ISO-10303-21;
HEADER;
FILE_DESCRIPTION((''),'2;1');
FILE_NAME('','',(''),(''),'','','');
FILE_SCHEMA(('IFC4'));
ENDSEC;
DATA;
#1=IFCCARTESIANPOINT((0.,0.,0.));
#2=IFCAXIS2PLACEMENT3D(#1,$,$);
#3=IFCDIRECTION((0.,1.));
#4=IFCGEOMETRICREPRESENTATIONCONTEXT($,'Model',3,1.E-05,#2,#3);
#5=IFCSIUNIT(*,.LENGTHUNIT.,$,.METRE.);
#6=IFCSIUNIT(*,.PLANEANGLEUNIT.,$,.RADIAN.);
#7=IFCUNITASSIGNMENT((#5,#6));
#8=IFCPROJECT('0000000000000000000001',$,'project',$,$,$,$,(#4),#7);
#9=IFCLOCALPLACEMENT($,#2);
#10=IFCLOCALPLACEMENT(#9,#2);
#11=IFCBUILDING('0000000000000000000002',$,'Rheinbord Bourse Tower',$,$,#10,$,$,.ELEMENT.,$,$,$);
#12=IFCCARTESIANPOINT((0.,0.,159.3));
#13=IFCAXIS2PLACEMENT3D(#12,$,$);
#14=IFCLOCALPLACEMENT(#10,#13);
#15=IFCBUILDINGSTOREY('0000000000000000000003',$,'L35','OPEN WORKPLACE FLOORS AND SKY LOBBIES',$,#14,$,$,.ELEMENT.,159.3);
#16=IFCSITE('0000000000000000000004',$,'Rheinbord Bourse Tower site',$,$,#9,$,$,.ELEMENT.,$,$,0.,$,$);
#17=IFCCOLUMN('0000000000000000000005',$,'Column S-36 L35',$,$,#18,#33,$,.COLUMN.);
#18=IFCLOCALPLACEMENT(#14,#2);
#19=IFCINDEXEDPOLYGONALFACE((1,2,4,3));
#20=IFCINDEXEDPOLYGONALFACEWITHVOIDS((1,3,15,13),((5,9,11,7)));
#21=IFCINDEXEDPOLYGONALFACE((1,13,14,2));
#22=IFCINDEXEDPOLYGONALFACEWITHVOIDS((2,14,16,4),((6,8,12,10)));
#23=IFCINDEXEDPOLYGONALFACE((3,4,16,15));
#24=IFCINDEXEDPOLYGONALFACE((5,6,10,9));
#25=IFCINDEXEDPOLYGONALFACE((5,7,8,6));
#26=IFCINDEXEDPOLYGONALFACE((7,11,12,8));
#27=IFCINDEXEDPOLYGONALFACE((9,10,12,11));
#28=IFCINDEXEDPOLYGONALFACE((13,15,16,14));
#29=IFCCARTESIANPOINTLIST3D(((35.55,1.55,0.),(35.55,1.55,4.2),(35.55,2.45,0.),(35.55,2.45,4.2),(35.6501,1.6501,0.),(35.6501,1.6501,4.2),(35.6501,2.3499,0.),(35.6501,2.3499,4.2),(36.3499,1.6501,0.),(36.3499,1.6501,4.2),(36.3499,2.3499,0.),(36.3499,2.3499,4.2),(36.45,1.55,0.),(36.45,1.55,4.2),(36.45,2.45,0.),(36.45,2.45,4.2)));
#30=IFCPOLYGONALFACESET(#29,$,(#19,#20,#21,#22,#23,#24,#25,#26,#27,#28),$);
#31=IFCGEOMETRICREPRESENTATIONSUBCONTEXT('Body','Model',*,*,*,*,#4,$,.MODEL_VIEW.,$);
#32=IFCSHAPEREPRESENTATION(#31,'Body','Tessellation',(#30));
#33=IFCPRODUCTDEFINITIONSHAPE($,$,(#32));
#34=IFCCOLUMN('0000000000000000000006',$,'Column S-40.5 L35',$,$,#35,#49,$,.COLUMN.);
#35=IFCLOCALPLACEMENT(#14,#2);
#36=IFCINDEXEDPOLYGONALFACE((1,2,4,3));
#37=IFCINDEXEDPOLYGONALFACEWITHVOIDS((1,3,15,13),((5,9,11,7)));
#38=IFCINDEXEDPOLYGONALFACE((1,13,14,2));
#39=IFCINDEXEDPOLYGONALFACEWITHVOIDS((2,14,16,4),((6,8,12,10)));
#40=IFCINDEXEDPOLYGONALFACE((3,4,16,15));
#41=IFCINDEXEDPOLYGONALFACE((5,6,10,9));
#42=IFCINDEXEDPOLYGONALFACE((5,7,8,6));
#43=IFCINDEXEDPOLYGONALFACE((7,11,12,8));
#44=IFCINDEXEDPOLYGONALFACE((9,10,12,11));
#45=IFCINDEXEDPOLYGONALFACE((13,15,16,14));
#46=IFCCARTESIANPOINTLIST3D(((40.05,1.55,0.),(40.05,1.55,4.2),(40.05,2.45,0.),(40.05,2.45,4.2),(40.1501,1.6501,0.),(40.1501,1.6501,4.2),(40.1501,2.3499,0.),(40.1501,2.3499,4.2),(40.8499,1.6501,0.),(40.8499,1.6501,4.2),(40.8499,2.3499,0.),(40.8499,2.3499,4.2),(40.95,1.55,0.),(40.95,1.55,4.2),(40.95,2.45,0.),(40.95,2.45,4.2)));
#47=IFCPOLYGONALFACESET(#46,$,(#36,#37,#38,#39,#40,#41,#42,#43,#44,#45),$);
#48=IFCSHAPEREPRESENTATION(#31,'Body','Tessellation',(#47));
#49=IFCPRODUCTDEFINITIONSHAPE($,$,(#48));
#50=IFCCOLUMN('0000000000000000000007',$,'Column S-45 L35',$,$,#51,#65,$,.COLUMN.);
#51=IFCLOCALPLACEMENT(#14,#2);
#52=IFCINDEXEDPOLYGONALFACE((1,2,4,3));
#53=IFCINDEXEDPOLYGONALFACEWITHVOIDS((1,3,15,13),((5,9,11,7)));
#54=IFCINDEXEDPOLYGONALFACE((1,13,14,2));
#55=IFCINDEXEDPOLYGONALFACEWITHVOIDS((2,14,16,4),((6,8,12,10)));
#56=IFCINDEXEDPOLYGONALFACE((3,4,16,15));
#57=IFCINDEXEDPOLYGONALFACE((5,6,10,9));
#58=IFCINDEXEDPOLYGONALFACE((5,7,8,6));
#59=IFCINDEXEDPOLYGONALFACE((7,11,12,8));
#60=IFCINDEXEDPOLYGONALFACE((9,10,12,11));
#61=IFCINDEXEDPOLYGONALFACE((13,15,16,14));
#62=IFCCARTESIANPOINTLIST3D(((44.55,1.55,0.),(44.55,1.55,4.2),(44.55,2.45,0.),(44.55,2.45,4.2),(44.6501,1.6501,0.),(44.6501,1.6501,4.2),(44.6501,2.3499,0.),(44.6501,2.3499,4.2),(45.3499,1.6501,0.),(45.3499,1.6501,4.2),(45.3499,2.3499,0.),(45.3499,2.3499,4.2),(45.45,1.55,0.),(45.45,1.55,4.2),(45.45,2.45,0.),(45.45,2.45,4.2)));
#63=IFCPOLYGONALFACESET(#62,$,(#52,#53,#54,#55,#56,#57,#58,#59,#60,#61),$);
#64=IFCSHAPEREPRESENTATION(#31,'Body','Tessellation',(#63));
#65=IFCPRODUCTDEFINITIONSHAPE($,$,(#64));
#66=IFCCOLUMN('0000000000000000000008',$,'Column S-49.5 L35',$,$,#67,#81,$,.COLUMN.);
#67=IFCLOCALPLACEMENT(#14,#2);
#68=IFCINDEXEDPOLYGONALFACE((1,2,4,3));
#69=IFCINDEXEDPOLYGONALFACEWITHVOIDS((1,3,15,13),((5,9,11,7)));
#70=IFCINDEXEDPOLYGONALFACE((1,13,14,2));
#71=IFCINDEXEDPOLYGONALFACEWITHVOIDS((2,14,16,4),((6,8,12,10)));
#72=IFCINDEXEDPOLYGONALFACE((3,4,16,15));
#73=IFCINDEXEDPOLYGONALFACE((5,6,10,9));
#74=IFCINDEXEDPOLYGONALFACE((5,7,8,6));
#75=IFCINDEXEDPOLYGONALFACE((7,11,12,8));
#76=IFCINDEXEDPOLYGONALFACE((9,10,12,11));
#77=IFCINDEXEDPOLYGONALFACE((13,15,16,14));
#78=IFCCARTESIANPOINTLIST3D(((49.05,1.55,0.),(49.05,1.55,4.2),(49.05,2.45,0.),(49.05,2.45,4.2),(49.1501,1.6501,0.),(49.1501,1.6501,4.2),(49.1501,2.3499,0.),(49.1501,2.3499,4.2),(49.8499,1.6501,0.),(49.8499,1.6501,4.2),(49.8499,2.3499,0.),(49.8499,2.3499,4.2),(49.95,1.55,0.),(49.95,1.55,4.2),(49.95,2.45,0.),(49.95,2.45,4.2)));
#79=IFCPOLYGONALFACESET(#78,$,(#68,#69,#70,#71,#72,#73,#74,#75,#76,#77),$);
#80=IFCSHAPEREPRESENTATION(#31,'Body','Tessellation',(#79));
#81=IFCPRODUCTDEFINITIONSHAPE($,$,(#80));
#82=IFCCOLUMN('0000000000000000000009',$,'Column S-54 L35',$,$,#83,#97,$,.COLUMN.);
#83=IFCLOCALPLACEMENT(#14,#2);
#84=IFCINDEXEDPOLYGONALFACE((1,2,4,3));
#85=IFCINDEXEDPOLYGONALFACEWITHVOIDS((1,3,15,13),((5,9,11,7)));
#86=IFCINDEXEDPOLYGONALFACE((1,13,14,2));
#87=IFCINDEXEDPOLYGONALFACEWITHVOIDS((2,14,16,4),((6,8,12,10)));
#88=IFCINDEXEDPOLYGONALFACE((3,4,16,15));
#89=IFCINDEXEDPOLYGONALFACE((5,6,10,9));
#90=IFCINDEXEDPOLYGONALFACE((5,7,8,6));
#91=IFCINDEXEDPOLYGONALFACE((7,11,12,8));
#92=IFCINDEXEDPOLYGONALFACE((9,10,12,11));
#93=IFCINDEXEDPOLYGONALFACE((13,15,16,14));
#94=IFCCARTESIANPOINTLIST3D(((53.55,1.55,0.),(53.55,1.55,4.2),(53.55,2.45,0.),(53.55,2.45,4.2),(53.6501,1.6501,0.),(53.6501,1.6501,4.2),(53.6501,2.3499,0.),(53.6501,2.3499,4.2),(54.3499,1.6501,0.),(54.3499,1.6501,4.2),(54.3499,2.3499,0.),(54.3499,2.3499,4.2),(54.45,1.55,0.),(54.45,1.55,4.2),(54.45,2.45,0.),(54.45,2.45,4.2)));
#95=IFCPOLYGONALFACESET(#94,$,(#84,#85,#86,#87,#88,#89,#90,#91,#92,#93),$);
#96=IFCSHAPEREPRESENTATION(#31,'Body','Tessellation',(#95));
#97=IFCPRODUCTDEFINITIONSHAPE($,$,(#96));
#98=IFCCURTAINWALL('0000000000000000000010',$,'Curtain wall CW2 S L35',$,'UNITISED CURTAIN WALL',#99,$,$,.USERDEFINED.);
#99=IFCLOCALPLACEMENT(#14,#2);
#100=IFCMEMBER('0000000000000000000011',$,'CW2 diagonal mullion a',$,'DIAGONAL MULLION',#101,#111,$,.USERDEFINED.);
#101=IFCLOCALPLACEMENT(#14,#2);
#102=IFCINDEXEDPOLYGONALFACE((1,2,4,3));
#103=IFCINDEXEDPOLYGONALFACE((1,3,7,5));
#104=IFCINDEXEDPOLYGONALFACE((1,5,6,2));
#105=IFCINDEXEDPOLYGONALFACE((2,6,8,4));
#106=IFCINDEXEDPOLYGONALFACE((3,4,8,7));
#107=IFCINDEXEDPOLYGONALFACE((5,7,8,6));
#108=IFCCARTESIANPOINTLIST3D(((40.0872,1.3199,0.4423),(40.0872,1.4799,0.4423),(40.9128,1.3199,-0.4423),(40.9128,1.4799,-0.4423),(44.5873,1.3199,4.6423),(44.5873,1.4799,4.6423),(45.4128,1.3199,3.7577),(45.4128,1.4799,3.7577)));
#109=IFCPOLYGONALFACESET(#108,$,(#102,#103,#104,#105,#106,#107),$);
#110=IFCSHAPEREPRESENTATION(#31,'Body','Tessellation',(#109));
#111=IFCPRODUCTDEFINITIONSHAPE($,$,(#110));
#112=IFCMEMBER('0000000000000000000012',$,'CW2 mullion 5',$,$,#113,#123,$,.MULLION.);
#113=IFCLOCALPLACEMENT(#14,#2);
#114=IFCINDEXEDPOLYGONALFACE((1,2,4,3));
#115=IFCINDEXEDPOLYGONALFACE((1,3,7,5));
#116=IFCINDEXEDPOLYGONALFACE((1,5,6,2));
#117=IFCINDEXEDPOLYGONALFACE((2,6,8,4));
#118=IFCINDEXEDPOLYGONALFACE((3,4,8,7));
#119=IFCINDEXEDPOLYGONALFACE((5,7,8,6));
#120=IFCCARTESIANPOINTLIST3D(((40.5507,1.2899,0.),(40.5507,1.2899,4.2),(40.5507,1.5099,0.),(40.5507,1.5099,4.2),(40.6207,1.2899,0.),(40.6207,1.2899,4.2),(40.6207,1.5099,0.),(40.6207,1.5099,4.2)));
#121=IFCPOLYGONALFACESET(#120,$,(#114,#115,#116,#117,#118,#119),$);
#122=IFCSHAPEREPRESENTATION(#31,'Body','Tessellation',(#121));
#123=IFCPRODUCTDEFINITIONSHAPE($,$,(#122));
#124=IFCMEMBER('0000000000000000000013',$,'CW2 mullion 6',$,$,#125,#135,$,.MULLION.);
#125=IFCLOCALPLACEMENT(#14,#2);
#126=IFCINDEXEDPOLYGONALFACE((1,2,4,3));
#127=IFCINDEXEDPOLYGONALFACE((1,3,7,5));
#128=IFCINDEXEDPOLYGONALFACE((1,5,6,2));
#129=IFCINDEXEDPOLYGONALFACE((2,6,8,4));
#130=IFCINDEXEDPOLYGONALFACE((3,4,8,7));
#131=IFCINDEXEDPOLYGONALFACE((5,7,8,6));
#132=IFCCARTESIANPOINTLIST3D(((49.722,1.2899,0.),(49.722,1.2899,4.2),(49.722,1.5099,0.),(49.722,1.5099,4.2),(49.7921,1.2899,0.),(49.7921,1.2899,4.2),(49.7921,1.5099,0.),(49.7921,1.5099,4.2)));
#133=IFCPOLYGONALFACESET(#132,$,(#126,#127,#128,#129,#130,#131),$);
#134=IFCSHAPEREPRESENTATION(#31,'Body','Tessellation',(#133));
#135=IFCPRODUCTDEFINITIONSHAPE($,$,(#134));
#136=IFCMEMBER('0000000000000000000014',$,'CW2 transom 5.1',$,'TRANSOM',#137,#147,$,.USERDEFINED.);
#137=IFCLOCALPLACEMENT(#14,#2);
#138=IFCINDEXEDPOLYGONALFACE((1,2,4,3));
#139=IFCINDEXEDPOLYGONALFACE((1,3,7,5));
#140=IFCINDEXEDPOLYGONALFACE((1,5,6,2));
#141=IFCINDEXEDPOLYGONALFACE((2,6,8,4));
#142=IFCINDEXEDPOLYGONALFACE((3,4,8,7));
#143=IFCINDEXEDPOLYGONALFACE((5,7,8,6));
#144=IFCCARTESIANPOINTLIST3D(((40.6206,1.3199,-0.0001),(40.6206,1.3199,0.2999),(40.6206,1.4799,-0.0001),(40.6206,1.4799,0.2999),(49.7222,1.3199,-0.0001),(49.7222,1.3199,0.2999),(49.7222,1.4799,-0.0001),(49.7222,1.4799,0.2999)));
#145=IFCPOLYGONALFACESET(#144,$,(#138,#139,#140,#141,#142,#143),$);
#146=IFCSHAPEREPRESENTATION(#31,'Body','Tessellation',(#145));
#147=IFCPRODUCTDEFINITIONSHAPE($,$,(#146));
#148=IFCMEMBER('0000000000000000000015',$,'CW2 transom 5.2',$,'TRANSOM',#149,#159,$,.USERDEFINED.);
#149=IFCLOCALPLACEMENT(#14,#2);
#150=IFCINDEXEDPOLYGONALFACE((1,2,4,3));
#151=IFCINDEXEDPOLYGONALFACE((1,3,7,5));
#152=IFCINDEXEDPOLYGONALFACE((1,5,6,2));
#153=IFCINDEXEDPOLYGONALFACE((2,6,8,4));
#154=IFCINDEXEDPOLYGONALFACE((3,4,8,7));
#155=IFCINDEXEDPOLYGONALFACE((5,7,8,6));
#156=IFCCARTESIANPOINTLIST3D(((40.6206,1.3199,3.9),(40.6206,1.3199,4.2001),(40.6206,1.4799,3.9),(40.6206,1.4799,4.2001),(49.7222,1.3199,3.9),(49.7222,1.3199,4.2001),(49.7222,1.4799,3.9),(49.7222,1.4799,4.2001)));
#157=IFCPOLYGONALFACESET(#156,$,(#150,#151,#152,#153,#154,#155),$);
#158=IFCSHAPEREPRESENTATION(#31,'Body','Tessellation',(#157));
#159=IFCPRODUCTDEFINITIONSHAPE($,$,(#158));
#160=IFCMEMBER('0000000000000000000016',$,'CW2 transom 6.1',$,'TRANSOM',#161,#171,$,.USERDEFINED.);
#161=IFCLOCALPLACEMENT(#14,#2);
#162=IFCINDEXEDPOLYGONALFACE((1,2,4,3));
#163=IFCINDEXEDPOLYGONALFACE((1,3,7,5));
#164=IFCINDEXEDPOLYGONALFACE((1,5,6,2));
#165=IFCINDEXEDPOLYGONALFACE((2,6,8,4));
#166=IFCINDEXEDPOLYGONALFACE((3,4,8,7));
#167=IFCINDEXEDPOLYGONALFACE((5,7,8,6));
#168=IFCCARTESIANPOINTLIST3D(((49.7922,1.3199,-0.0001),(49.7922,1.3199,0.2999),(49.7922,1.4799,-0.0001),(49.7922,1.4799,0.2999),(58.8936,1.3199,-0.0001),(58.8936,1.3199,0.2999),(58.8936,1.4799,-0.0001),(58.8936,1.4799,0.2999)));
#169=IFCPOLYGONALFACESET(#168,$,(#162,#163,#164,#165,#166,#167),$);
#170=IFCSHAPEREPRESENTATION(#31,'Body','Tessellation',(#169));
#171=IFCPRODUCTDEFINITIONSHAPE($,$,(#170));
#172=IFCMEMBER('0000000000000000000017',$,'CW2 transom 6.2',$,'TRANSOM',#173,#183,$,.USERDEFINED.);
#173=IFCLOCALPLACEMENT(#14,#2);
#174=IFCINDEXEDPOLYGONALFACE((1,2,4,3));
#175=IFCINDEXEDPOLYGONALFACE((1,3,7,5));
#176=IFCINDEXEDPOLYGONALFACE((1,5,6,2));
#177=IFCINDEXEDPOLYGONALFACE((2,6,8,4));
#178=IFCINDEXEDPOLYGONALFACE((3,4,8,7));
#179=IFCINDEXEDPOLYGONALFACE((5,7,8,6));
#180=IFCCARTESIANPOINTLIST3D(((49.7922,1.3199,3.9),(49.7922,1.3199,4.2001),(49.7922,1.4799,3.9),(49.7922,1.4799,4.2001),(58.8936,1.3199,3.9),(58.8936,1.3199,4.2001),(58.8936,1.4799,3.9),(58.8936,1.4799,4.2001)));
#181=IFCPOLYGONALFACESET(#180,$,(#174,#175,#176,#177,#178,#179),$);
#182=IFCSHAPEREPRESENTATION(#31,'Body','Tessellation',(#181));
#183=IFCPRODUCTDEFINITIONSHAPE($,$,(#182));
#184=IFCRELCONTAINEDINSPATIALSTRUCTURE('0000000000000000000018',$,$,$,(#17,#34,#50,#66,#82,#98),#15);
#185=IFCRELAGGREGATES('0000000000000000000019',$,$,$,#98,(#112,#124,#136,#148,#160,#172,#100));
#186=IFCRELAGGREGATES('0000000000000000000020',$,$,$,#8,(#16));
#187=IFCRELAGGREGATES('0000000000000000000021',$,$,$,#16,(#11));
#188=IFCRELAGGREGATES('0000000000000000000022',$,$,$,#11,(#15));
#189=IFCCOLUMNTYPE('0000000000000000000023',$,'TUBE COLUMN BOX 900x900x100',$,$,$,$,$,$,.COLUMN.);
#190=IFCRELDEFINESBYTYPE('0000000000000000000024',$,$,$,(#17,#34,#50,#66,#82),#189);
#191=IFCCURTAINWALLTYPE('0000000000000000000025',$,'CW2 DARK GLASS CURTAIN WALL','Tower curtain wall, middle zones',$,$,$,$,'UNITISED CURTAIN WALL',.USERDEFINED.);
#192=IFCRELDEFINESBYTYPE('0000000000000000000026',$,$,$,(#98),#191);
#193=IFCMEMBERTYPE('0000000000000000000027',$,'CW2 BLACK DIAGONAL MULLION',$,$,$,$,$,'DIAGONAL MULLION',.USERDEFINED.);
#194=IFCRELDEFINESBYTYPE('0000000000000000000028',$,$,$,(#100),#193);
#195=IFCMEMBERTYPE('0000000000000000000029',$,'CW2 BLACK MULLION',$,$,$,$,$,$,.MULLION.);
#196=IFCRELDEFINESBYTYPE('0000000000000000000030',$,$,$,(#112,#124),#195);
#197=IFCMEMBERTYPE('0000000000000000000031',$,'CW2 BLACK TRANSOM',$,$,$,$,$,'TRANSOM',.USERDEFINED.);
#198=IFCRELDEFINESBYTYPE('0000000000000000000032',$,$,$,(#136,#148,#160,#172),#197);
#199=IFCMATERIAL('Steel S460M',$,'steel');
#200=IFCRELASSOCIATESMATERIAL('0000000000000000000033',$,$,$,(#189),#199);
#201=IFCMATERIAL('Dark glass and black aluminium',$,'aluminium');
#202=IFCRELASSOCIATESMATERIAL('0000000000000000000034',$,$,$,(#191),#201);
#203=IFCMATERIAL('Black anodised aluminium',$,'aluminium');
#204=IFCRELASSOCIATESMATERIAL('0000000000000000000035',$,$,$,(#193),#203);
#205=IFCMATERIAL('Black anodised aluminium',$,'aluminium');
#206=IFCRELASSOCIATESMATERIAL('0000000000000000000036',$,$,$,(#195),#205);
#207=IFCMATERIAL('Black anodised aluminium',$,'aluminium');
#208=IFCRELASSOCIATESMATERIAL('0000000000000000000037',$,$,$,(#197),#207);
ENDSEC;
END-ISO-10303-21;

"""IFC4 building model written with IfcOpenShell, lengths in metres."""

from ifc_helpers import new_model, si_unit, direction, frame, origin, origin_2d, place, context, subcontext, project, spatial, rectangle, hollow_rectangle, extrude, material, material_profile, profile_set, type_object, element, aggregate, save


model = new_model("IFC4")

# Units and contexts
model_context = context("Model", 3, precision=1e-05, world=origin(), true_north=direction((0.0, 1.0)))
body_context = subcontext(model_context, "Body", "Model", "MODEL_VIEW")
ifc_project = project(units=[si_unit("LENGTHUNIT", "METRE"), si_unit("PLANEANGLEUNIT", "RADIAN")], contexts=[model_context])

# Site, building, storey
site_placement = place(None, origin())
site = spatial("IfcSite", under=ifc_project, at=site_placement, Name="Rheinbord Bourse Tower site", CompositionType="ELEMENT", RefElevation=0.0)
building_placement = place(site_placement, origin())
building = spatial("IfcBuilding", under=site, at=building_placement, Name="Rheinbord Bourse Tower", CompositionType="ELEMENT")
storey_placement = place(building_placement, frame((0.0, 0.0, 159.3)))
storey = spatial("IfcBuildingStorey", under=building, at=storey_placement, Name="L35", Description="OPEN WORKPLACE FLOORS AND SKY LOBBIES", CompositionType="ELEMENT", Elevation=159.3)

# Columns
ifc_material_1 = material(Name="Steel S460M", Category="steel")
ifc_material_profile_1 = material_profile(ifc_material_1, hollow_rectangle(XDim=0.8999, YDim=0.8999, WallThickness=0.1001, at=origin_2d()), Name="BOX 900x900x100")
ifc_profile_set_1 = profile_set([ifc_material_profile_1], Name="Steel S460M")
column_type = type_object("IfcColumnType", Name="TUBE COLUMN BOX 900x900x100", PredefinedType="COLUMN", material=ifc_profile_set_1)
for number, where, z_axis, x_axis, name in (
    (1, (36.0, 2.0, 0.0), (0.0, 0.0, 1.0), (0.0, 1.0, 0.0), "Column S-36 L35"),
    (2, (40.5, 2.0, 0.0), (0.0, 0.0, 1.0), (0.0, 1.0, 0.0), "Column S-40.5 L35"),
    (3, (45.0, 2.0, 0.0), (0.0, 0.0, 1.0), (0.0, 1.0, 0.0), "Column S-45 L35"),
    (4, (49.5, 2.0, 0.0), (0.0, 0.0, 1.0), (0.0, 1.0, 0.0), "Column S-49.5 L35"),
    (5, (54.0, 2.0, 0.0), (0.0, 0.0, 1.0), (0.0, 1.0, 0.0), "Column S-54 L35"),
):
    element("IfcColumn", number, at=place(storey_placement, frame(where, z_axis=z_axis, x_axis=x_axis)), inside=storey, type_object=column_type, Name=name, PredefinedType="COLUMN", context=body_context, shape_type="SweptSolid", body=[
        extrude(hollow_rectangle(XDim=0.8999, YDim=0.8999, WallThickness=0.1001, at=origin_2d()), origin(), (0.0, 0.0, 1.0), 4.2),
    ])

# Curtain wall, members
ifc_material_2 = material(Name="Dark glass and black aluminium", Category="aluminium")
curtain_wall_type = type_object("IfcCurtainWallType", Name="CW2 DARK GLASS CURTAIN WALL", Description="Tower curtain wall, middle zones", ElementType="UNITISED CURTAIN WALL", PredefinedType="USERDEFINED", material=ifc_material_2)
curtain_wall_placement = place(storey_placement, origin())
curtain_wall = element("IfcCurtainWall", 6, at=curtain_wall_placement, inside=storey, type_object=curtain_wall_type, Name="Curtain wall CW2 S L35", ObjectType="UNITISED CURTAIN WALL", PredefinedType="USERDEFINED")
ifc_material_3 = material(Name="Black anodised aluminium", Category="aluminium")
ifc_material_profile_2 = material_profile(ifc_material_3, rectangle(XDim=0.1599, YDim=1.21, at=origin_2d()), Name="CW2 DIAGONAL MULLION 1210x160")
ifc_profile_set_2 = profile_set([ifc_material_profile_2], Name="Black anodised aluminium")
member_type_1 = type_object("IfcMemberType", Name="CW2 BLACK DIAGONAL MULLION", ElementType="DIAGONAL MULLION", PredefinedType="USERDEFINED", material=ifc_profile_set_2)
member_1_placement = place(storey_placement, frame((40.5, 1.3999, 0.0), z_axis=(0.731059, 0.0, 0.682314), x_axis=(0.0, 1.0, 0.0)))
member_1 = element("IfcMember", 7, at=member_1_placement, type_object=member_type_1, Name="CW2 diagonal mullion a", ObjectType="DIAGONAL MULLION", PredefinedType="USERDEFINED", context=body_context, shape_type="SweptSolid", body=[
    extrude(rectangle(XDim=0.1599, YDim=1.21, at=origin_2d()), origin(), (0.0, 0.0, 1.0), 6.1555),
])
ifc_material_4 = material(Name="Black anodised aluminium", Category="aluminium")
ifc_material_profile_3 = material_profile(ifc_material_4, rectangle(XDim=0.22, YDim=0.0701, at=origin_2d()), Name="CW2 MULLION 70x220")
ifc_profile_set_3 = profile_set([ifc_material_profile_3], Name="Black anodised aluminium")
member_type_2 = type_object("IfcMemberType", Name="CW2 BLACK MULLION", PredefinedType="MULLION", material=ifc_profile_set_3)
member_2_placement = place(storey_placement, frame((40.5857, 1.3999, 0.0), z_axis=(0.0, 0.0, 1.0), x_axis=(0.0, 1.0, 0.0)))
member_2 = element("IfcMember", 8, at=member_2_placement, type_object=member_type_2, Name="CW2 mullion 5", PredefinedType="MULLION", context=body_context, shape_type="SweptSolid", body=[
    extrude(rectangle(XDim=0.22, YDim=0.0701, at=origin_2d()), origin(), (0.0, 0.0, 1.0), 4.2),
])
member_3_placement = place(storey_placement, frame((49.7571, 1.3999, 0.0), z_axis=(0.0, 0.0, 1.0), x_axis=(0.0, 1.0, 0.0)))
member_3 = element("IfcMember", 9, at=member_3_placement, type_object=member_type_2, Name="CW2 mullion 6", PredefinedType="MULLION", context=body_context, shape_type="SweptSolid", body=[
    extrude(rectangle(XDim=0.22, YDim=0.0701, at=origin_2d()), origin(), (0.0, 0.0, 1.0), 4.2),
])
ifc_material_5 = material(Name="Black anodised aluminium", Category="aluminium")
ifc_material_profile_4 = material_profile(ifc_material_5, rectangle(XDim=0.1599, YDim=0.3, at=origin_2d()), Name="CW2 TRANSOM 300x160")
ifc_profile_set_4 = profile_set([ifc_material_profile_4], Name="Black anodised aluminium")
member_type_3 = type_object("IfcMemberType", Name="CW2 BLACK TRANSOM", ElementType="TRANSOM", PredefinedType="USERDEFINED", material=ifc_profile_set_4)
member_4_placement = place(storey_placement, frame((40.6206, 1.3999, 0.1499), z_axis=(1.0, 0.0, 0.0), x_axis=(0.0, 1.0, 0.0)))
member_4 = element("IfcMember", 10, at=member_4_placement, type_object=member_type_3, Name="CW2 transom 5.1", ObjectType="TRANSOM", PredefinedType="USERDEFINED", context=body_context, shape_type="SweptSolid", body=[
    extrude(rectangle(XDim=0.1599, YDim=0.3, at=origin_2d()), origin(), (0.0, 0.0, 1.0), 9.1016),
])
member_5_placement = place(storey_placement, frame((40.6206, 1.3999, 4.05), z_axis=(1.0, 0.0, 0.0), x_axis=(0.0, 1.0, 0.0)))
member_5 = element("IfcMember", 11, at=member_5_placement, type_object=member_type_3, Name="CW2 transom 5.2", ObjectType="TRANSOM", PredefinedType="USERDEFINED", context=body_context, shape_type="SweptSolid", body=[
    extrude(rectangle(XDim=0.1599, YDim=0.3, at=origin_2d()), origin(), (0.0, 0.0, 1.0), 9.1016),
])
member_6_placement = place(storey_placement, frame((49.7922, 1.3999, 0.1499), z_axis=(1.0, 0.0, 0.0), x_axis=(0.0, 1.0, 0.0)))
member_6 = element("IfcMember", 12, at=member_6_placement, type_object=member_type_3, Name="CW2 transom 6.1", ObjectType="TRANSOM", PredefinedType="USERDEFINED", context=body_context, shape_type="SweptSolid", body=[
    extrude(rectangle(XDim=0.1599, YDim=0.3, at=origin_2d()), origin(), (0.0, 0.0, 1.0), 9.1013),
])
member_7_placement = place(storey_placement, frame((49.7922, 1.3999, 4.05), z_axis=(1.0, 0.0, 0.0), x_axis=(0.0, 1.0, 0.0)))
member_7 = element("IfcMember", 13, at=member_7_placement, type_object=member_type_3, Name="CW2 transom 6.2", ObjectType="TRANSOM", PredefinedType="USERDEFINED", context=body_context, shape_type="SweptSolid", body=[
    extrude(rectangle(XDim=0.1599, YDim=0.3, at=origin_2d()), origin(), (0.0, 0.0, 1.0), 9.1013),
])

aggregate(curtain_wall, [member_2, member_3, member_4, member_5, member_6, member_7, member_1])

save(model, "model.ifc")
